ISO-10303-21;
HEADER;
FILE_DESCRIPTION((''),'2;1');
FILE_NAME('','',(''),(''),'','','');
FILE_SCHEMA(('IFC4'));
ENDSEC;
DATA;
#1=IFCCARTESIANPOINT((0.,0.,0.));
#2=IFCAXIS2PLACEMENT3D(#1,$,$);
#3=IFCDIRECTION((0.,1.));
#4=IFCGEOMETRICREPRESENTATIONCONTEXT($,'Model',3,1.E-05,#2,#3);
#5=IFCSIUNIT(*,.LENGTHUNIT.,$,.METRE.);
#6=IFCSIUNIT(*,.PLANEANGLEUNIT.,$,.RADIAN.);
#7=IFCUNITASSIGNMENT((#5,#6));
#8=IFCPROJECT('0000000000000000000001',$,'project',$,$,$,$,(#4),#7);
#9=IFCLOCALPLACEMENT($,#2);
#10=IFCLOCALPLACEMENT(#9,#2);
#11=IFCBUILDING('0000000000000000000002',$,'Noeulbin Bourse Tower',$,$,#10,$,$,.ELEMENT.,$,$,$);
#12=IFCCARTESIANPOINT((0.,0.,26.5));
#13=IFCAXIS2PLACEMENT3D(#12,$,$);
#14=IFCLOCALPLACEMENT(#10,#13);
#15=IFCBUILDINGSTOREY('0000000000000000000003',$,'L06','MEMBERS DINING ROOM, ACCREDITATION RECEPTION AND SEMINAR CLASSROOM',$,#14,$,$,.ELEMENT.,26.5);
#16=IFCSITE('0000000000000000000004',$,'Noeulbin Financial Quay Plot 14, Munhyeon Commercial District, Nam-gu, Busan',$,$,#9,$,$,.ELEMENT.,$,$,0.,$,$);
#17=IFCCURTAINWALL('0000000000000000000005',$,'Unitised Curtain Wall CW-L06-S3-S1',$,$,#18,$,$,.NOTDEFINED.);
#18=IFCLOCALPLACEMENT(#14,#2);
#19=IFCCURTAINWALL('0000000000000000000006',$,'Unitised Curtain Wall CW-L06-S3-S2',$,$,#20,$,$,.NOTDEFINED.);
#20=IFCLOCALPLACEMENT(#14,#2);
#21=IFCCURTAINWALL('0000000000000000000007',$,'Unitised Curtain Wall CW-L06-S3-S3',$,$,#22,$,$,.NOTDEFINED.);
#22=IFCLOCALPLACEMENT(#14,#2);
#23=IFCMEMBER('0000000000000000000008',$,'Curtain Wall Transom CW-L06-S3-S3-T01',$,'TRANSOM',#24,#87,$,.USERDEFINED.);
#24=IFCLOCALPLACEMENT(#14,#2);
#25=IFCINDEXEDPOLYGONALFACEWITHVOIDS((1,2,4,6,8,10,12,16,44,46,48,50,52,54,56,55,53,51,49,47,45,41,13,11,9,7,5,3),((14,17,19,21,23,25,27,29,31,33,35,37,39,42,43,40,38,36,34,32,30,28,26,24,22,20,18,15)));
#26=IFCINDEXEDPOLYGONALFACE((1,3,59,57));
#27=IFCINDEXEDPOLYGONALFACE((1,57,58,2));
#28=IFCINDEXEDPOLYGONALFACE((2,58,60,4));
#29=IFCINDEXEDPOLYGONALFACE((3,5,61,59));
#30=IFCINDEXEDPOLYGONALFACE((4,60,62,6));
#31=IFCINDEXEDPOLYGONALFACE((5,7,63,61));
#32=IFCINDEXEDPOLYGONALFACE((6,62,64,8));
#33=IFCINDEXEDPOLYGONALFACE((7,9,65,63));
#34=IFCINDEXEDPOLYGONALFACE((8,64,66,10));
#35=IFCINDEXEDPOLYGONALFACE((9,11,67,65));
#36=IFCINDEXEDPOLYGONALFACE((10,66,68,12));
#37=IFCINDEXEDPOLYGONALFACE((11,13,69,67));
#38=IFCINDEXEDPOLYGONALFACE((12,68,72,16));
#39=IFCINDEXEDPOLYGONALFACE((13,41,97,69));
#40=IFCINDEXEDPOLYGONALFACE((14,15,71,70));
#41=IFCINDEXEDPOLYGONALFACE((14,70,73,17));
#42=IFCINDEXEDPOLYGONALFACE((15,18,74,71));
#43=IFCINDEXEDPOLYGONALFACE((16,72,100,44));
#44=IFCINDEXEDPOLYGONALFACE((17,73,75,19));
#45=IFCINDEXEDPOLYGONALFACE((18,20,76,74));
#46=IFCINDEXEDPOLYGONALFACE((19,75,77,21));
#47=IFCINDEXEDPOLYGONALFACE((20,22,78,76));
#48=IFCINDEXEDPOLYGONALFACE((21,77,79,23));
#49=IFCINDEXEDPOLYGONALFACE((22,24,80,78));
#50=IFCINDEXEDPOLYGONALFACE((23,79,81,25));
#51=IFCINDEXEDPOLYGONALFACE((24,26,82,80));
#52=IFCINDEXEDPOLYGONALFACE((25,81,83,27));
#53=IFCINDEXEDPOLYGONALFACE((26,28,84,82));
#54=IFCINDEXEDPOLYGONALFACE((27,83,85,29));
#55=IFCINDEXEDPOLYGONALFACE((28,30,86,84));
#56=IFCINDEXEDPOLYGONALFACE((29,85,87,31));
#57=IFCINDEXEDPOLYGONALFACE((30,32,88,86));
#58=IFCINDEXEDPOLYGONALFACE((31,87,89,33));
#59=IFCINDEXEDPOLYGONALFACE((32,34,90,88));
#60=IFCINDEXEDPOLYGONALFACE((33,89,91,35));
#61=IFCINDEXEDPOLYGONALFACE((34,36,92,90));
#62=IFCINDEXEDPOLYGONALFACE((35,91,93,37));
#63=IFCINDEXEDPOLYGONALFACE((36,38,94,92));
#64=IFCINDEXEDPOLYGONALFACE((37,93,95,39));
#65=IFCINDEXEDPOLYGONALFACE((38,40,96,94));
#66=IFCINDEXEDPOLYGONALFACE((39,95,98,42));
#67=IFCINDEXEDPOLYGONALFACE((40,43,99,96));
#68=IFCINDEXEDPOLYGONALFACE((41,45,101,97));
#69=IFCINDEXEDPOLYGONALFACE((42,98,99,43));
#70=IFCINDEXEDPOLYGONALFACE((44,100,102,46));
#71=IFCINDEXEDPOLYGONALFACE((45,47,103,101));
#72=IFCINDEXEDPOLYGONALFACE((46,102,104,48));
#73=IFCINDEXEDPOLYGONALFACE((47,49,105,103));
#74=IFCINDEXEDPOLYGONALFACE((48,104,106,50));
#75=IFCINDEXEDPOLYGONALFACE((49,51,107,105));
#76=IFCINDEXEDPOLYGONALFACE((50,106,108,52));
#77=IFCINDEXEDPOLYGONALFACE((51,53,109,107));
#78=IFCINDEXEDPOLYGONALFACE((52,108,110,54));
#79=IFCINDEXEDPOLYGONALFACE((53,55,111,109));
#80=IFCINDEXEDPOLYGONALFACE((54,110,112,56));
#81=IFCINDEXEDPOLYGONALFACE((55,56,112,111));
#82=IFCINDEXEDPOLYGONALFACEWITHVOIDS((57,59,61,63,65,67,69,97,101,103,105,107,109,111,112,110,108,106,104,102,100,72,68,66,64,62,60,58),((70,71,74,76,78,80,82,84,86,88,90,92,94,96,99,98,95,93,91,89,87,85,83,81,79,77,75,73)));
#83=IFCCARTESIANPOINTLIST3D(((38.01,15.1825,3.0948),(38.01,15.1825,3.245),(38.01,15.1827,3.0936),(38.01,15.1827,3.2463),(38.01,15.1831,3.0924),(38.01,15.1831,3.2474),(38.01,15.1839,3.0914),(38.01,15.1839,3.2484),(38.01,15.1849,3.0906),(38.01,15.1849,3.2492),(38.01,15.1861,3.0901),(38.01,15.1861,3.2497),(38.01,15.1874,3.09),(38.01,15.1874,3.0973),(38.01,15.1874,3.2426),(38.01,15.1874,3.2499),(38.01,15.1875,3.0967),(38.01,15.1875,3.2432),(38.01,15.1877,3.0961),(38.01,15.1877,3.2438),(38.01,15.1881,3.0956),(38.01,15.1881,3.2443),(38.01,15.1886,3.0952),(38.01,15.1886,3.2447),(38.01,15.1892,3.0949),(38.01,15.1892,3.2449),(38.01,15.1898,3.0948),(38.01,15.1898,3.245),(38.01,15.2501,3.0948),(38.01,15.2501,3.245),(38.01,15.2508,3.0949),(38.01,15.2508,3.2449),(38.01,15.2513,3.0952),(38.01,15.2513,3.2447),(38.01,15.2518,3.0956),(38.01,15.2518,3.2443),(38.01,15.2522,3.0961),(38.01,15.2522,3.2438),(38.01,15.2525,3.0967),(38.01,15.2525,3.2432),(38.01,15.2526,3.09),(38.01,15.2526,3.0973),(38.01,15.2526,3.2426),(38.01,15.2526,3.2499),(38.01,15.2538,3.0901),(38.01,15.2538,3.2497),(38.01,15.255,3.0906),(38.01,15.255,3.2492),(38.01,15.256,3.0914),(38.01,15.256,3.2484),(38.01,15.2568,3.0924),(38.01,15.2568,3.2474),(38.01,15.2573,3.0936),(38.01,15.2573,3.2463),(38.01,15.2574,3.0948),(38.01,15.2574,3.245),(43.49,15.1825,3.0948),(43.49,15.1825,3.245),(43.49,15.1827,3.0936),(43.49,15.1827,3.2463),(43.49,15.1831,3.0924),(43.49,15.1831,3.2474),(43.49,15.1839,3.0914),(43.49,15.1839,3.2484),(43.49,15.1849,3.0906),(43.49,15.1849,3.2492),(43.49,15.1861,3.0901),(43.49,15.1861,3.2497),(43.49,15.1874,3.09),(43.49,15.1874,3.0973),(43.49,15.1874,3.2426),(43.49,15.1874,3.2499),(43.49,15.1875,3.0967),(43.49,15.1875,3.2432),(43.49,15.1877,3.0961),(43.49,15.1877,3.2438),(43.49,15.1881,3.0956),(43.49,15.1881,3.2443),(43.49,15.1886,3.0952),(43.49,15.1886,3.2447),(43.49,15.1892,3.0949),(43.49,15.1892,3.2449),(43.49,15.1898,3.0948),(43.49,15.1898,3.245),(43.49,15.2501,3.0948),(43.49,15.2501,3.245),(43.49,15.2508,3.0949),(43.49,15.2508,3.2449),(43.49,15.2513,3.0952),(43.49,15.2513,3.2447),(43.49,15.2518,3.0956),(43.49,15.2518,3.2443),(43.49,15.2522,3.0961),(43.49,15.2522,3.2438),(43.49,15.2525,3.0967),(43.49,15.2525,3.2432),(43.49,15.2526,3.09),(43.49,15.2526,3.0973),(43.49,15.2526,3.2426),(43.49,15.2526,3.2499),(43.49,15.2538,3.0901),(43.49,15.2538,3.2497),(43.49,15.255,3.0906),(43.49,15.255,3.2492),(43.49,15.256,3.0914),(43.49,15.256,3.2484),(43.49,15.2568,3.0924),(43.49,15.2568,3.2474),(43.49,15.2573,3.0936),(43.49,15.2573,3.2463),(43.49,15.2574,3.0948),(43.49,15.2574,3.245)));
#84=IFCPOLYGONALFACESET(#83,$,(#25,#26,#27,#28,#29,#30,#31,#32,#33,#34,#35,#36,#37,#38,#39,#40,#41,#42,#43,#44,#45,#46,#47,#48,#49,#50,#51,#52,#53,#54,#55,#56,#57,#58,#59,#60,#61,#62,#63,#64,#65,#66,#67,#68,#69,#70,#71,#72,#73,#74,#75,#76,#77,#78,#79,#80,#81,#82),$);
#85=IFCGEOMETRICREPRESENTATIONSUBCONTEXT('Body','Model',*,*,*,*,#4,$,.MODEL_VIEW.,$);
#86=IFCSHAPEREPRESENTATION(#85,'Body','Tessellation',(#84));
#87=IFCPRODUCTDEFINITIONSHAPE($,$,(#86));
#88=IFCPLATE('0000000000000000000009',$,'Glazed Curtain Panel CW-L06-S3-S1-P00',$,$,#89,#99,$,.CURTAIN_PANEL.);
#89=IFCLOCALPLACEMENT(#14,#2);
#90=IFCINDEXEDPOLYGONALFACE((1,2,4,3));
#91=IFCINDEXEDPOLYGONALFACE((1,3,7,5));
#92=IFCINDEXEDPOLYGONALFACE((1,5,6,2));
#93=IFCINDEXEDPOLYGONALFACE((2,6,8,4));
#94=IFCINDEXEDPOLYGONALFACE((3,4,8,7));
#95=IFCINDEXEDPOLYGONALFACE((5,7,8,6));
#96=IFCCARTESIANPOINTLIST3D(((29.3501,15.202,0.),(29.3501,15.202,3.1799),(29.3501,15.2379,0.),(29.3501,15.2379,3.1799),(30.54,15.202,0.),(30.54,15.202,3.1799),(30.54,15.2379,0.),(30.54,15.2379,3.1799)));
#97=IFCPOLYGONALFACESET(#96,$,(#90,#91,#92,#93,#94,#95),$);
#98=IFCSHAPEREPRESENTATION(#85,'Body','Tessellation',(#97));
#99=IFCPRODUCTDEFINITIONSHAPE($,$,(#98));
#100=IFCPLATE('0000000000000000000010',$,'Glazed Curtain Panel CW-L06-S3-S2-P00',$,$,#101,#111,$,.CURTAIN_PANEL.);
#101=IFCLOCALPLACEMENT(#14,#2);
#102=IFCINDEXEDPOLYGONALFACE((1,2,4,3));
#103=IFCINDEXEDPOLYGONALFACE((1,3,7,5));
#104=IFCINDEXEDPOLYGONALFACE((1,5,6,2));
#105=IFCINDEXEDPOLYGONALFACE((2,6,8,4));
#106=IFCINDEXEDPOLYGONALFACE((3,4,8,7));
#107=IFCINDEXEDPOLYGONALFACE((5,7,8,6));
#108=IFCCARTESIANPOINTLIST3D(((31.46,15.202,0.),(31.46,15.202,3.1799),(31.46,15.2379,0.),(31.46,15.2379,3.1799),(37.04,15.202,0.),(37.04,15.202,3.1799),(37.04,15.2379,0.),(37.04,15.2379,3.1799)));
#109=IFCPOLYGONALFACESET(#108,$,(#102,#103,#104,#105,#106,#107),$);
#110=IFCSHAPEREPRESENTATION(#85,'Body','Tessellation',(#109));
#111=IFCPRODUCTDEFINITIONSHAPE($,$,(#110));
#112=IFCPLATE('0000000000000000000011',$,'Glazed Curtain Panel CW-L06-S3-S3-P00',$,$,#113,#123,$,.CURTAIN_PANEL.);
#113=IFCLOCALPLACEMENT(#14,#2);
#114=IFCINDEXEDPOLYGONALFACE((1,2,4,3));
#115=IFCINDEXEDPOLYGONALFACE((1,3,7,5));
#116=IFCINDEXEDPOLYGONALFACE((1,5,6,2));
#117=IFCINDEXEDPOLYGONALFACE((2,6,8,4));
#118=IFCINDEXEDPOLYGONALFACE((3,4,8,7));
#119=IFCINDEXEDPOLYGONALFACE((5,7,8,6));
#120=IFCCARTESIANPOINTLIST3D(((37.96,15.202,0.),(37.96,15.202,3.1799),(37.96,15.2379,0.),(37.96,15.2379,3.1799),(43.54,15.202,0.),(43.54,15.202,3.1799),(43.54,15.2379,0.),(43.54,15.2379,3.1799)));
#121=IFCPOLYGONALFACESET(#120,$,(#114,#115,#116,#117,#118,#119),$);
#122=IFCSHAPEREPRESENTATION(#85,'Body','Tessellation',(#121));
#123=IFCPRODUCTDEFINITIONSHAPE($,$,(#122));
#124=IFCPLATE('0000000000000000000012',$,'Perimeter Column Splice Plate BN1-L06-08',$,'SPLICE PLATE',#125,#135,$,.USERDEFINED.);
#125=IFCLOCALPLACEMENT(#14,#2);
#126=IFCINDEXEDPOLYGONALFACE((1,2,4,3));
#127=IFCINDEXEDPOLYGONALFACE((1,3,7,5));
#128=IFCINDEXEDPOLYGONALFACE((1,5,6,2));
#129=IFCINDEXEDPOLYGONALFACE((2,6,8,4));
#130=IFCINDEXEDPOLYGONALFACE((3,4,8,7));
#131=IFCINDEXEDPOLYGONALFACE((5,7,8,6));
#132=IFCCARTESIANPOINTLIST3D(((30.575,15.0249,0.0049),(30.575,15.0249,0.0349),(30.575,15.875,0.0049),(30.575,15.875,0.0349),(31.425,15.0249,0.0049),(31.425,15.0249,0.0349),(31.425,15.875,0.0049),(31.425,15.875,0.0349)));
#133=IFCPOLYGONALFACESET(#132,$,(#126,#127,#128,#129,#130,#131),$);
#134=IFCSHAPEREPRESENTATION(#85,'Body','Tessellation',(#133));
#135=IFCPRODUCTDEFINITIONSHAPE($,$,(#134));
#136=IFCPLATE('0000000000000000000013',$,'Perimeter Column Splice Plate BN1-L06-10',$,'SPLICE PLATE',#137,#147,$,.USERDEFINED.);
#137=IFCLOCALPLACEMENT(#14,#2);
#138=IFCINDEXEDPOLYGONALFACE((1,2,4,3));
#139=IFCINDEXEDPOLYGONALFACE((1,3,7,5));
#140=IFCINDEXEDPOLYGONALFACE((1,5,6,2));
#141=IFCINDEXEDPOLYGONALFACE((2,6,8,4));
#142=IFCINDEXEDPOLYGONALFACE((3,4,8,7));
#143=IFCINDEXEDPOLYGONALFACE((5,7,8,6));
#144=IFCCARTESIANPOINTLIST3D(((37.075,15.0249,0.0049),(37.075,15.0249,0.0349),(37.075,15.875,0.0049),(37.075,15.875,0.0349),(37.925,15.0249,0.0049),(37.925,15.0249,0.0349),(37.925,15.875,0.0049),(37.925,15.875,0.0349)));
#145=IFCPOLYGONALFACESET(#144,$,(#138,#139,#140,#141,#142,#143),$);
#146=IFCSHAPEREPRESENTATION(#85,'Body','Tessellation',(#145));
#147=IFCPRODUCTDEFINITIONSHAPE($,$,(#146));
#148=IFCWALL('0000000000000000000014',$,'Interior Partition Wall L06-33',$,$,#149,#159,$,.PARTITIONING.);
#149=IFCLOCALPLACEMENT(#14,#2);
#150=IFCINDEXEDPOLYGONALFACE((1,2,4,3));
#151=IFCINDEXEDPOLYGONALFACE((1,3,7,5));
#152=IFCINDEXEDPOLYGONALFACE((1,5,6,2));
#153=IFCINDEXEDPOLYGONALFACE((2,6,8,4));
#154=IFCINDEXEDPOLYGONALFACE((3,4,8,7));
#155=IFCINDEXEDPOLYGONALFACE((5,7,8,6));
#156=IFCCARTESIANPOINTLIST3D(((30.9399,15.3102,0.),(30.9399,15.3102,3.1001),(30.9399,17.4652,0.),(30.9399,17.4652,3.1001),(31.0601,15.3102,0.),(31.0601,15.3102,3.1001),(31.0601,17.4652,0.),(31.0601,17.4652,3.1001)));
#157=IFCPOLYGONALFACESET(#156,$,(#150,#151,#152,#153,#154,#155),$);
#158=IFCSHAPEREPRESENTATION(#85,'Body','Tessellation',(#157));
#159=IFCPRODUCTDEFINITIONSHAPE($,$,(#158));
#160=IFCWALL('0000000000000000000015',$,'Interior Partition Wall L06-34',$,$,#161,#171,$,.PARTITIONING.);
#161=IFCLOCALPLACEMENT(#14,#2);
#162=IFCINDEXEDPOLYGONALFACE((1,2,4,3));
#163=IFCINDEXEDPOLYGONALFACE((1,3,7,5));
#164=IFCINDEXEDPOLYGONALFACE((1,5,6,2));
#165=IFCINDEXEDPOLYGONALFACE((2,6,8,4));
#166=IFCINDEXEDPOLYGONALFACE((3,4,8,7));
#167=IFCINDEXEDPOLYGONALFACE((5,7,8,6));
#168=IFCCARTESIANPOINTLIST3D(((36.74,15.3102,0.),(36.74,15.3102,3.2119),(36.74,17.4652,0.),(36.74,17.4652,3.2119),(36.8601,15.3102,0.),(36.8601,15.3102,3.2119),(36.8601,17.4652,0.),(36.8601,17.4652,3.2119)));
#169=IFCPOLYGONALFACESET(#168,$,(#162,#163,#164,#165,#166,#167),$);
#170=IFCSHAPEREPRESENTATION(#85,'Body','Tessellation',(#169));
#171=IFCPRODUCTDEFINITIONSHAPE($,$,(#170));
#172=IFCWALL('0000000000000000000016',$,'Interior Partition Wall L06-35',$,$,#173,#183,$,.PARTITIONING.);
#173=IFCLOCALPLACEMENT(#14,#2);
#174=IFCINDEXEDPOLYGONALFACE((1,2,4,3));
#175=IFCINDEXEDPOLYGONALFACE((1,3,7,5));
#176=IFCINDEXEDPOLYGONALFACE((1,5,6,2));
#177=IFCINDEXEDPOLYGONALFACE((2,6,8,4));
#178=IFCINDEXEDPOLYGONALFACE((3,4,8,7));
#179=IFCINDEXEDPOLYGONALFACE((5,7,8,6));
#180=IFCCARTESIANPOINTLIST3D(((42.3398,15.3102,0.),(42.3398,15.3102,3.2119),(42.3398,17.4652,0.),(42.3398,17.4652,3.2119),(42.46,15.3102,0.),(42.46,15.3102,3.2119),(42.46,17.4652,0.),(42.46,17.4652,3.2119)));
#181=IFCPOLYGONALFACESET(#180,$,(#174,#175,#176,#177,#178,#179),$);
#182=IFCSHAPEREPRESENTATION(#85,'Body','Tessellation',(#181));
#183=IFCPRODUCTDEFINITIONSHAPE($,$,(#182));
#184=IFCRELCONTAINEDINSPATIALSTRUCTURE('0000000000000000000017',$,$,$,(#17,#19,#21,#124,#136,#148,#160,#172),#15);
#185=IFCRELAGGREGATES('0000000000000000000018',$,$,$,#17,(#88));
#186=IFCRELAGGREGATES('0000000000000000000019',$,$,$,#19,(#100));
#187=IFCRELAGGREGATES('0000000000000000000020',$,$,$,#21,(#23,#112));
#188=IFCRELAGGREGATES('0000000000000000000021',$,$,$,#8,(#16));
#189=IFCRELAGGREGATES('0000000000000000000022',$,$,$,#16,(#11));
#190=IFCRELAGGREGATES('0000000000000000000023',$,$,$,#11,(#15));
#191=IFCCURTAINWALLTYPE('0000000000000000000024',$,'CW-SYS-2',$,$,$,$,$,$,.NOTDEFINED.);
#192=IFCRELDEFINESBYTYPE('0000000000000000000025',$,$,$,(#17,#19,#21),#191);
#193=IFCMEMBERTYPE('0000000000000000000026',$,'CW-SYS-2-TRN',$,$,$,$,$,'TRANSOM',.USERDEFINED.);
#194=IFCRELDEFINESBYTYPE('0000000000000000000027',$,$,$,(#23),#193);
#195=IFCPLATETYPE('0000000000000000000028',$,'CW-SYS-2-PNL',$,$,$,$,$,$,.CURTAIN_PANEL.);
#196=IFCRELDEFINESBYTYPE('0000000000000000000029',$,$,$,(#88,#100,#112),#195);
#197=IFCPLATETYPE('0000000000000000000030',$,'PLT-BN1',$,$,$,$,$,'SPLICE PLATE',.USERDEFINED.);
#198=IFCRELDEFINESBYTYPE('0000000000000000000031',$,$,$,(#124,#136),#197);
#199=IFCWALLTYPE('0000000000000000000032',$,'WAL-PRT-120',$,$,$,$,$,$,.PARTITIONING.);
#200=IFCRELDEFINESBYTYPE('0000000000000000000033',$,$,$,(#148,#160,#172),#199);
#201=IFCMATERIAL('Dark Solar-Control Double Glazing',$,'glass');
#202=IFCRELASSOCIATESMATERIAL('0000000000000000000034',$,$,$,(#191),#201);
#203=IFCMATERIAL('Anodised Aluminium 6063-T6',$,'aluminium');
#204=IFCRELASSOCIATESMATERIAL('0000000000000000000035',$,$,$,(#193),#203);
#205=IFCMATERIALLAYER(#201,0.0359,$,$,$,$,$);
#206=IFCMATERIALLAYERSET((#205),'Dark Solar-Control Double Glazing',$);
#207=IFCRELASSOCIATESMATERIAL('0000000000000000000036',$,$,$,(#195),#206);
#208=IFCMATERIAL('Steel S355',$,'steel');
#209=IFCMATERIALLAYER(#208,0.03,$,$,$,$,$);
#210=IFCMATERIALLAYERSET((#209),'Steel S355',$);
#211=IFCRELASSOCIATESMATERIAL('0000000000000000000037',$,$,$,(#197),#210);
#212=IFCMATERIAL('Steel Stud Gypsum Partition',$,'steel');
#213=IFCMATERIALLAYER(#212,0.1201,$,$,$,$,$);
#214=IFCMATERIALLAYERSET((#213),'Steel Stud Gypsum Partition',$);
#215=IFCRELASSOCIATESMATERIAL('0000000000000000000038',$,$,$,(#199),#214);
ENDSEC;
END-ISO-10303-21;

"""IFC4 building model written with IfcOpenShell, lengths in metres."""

from ifc_helpers import new_model, si_unit, direction, frame, frame_2d, origin, origin_2d, place, context, subcontext, project, spatial, rectangle, hollow_rectangle, extrude, material, layer, layer_set, material_profile, profile_set, type_object, element, aggregate, save


model = new_model("IFC4")

# Units and contexts
model_context = context("Model", 3, precision=1e-05, world=origin(), true_north=direction((0.0, 1.0)))
body_context = subcontext(model_context, "Body", "Model", "MODEL_VIEW")
ifc_project = project(units=[si_unit("LENGTHUNIT", "METRE"), si_unit("PLANEANGLEUNIT", "RADIAN")], contexts=[model_context])

# Site, building, storey
site_placement = place(None, origin())
site = spatial("IfcSite", under=ifc_project, at=site_placement, Name="Noeulbin Financial Quay Plot 14, Munhyeon Commercial District, Nam-gu, Busan", CompositionType="ELEMENT", RefElevation=0.0)
building_placement = place(site_placement, origin())
building = spatial("IfcBuilding", under=site, at=building_placement, Name="Noeulbin Bourse Tower", CompositionType="ELEMENT")
storey_placement = place(building_placement, frame((0.0, 0.0, 26.5)))
storey = spatial("IfcBuildingStorey", under=building, at=storey_placement, Name="L06", Description="MEMBERS DINING ROOM, ACCREDITATION RECEPTION AND SEMINAR CLASSROOM", CompositionType="ELEMENT", Elevation=26.5)

# Shared definitions
ifc_material_1 = material(Name="Steel S355", Category="steel")

# Curtain wall
ifc_material_2 = material(Name="Dark Solar-Control Double Glazing", Category="glass")
curtain_wall_type = type_object("IfcCurtainWallType", Name="CW-SYS-2", PredefinedType="NOTDEFINED", material=ifc_material_2)
curtain_wall_1_placement = place(storey_placement, origin())
curtain_wall_1 = element("IfcCurtainWall", 1, at=curtain_wall_1_placement, inside=storey, type_object=curtain_wall_type, Name="Unitised Curtain Wall CW-L06-S3-S1", PredefinedType="NOTDEFINED")
ifc_material_3 = material(Name="Anodised Aluminium 6063-T6", Category="aluminium")

# Curtain wall
curtain_wall_2_placement = place(storey_placement, origin())
curtain_wall_2 = element("IfcCurtainWall", 2, at=curtain_wall_2_placement, inside=storey, type_object=curtain_wall_type, Name="Unitised Curtain Wall CW-L06-S3-S2", PredefinedType="NOTDEFINED")

# Curtain wall
curtain_wall_3_placement = place(storey_placement, origin())
curtain_wall_3 = element("IfcCurtainWall", 3, at=curtain_wall_3_placement, inside=storey, type_object=curtain_wall_type, Name="Unitised Curtain Wall CW-L06-S3-S3", PredefinedType="NOTDEFINED")

# Member
ifc_material_profile_1 = material_profile(ifc_material_3, hollow_rectangle(XDim=0.075, YDim=0.1599, WallThickness=0.0049, InnerFilletRadius=0.0024, OuterFilletRadius=0.0049, at=origin_2d()), Name="ALU-TRAN-75x160x5", Category="LoadBearing")
ifc_profile_set_1 = profile_set([ifc_material_profile_1], Name="Anodised Aluminium 6063-T6")
member_type_1 = type_object("IfcMemberType", Name="CW-SYS-2-TRN", ElementType="TRANSOM", PredefinedType="USERDEFINED", material=ifc_profile_set_1)
member_1_placement = place(storey_placement, frame((38.01, 15.22, 3.1699), z_axis=(1.0, 0.0, 0.0), x_axis=(0.0, 1.0, 0.0)))
member_1 = element("IfcMember", 4, at=member_1_placement, type_object=member_type_1, Name="Curtain Wall Transom CW-L06-S3-S3-T01", ObjectType="TRANSOM", PredefinedType="USERDEFINED", context=body_context, shape_type="SweptSolid", body=[
    extrude(hollow_rectangle(XDim=0.075, YDim=0.1599, WallThickness=0.0049, InnerFilletRadius=0.0024, OuterFilletRadius=0.0049, at=origin_2d()), origin(), (0.0, 0.0, 1.0), 5.48),
])

# Plates
ifc_layer_1 = layer(ifc_material_2, 0.0359)
ifc_layer_set_1 = layer_set([ifc_layer_1], Name="Dark Solar-Control Double Glazing")
plate_type_1 = type_object("IfcPlateType", Name="CW-SYS-2-PNL", PredefinedType="CURTAIN_PANEL", material=ifc_layer_set_1)
plate_1_placement = place(storey_placement, frame((29.9451, 15.22, 0.0), z_axis=(0.0, 0.0, 1.0), x_axis=(1.0, 0.0, 0.0)))
plate_1 = element("IfcPlate", 5, at=plate_1_placement, type_object=plate_type_1, Name="Glazed Curtain Panel CW-L06-S3-S1-P00", PredefinedType="CURTAIN_PANEL", context=body_context, shape_type="SweptSolid", body=[
    extrude(rectangle(XDim=1.1899, YDim=0.0359, at=origin_2d()), origin(), (0.0, 0.0, 1.0), 3.1799),
])
aggregate(curtain_wall_1, [plate_1])
plate_2_placement = place(storey_placement, frame((34.25, 15.22, 0.0), z_axis=(0.0, 0.0, 1.0), x_axis=(1.0, 0.0, 0.0)))
plate_2 = element("IfcPlate", 6, at=plate_2_placement, type_object=plate_type_1, Name="Glazed Curtain Panel CW-L06-S3-S2-P00", PredefinedType="CURTAIN_PANEL", context=body_context, shape_type="SweptSolid", body=[
    extrude(rectangle(XDim=5.5801, YDim=0.0359, at=origin_2d()), origin(), (0.0, 0.0, 1.0), 3.1799),
])
aggregate(curtain_wall_2, [plate_2])
plate_3_placement = place(storey_placement, frame((40.75, 15.22, 0.0), z_axis=(0.0, 0.0, 1.0), x_axis=(1.0, 0.0, 0.0)))
plate_3 = element("IfcPlate", 7, at=plate_3_placement, type_object=plate_type_1, Name="Glazed Curtain Panel CW-L06-S3-S3-P00", PredefinedType="CURTAIN_PANEL", context=body_context, shape_type="SweptSolid", body=[
    extrude(rectangle(XDim=5.5801, YDim=0.0359, at=origin_2d()), origin(), (0.0, 0.0, 1.0), 3.1799),
])
aggregate(curtain_wall_3, [member_1, plate_3])

# Plates
ifc_layer_2 = layer(ifc_material_1, 0.03)
ifc_layer_set_2 = layer_set([ifc_layer_2], Name="Steel S355")
plate_type_2 = type_object("IfcPlateType", Name="PLT-BN1", ElementType="SPLICE PLATE", PredefinedType="USERDEFINED", material=ifc_layer_set_2)
for number, where, z_axis, x_axis, name in (
    (8, (31.0, 15.45, 0.0049), (0.0, 0.0, 1.0), (1.0, 0.0, 0.0), "Perimeter Column Splice Plate BN1-L06-08"),
    (9, (37.5, 15.45, 0.0049), (0.0, 0.0, 1.0), (1.0, 0.0, 0.0), "Perimeter Column Splice Plate BN1-L06-10"),
):
    element("IfcPlate", number, at=place(storey_placement, frame(where, z_axis=z_axis, x_axis=x_axis)), inside=storey, type_object=plate_type_2, Name=name, ObjectType="SPLICE PLATE", PredefinedType="USERDEFINED", context=body_context, shape_type="SweptSolid", body=[
        extrude(rectangle(XDim=0.8501, YDim=0.8501, at=origin_2d()), origin(), (0.0, 0.0, 1.0), 0.03),
    ])

# Walls
ifc_material_4 = material(Name="Steel Stud Gypsum Partition", Category="steel")
ifc_layer_3 = layer(ifc_material_4, 0.1201)
ifc_layer_set_3 = layer_set([ifc_layer_3], Name="Steel Stud Gypsum Partition")
wall_type = type_object("IfcWallType", Name="WAL-PRT-120", PredefinedType="PARTITIONING", material=ifc_layer_set_3)
wall_placement = place(storey_placement, frame((31.0, 15.3101, 0.0), z_axis=(0.0, 0.0, 1.0), x_axis=(0.0, 1.0, 0.0)))
element("IfcWall", 10, at=wall_placement, inside=storey, type_object=wall_type, Name="Interior Partition Wall L06-33", PredefinedType="PARTITIONING", context=body_context, shape_type="SweptSolid", body=[
    extrude(rectangle(XDim=2.155, YDim=0.1201, at=frame_2d((1.0776, 0.0))), origin(), (0.0, 0.0, 1.0), 3.1001),
])
for number, where, z_axis, x_axis, name in (
    (11, (36.8, 15.3101, 0.0), (0.0, 0.0, 1.0), (0.0, 1.0, 0.0), "Interior Partition Wall L06-34"),
    (12, (42.3999, 15.3101, 0.0), (0.0, 0.0, 1.0), (0.0, 1.0, 0.0), "Interior Partition Wall L06-35"),
):
    element("IfcWall", number, at=place(storey_placement, frame(where, z_axis=z_axis, x_axis=x_axis)), inside=storey, type_object=wall_type, Name=name, PredefinedType="PARTITIONING", context=body_context, shape_type="SweptSolid", body=[
        extrude(rectangle(XDim=2.155, YDim=0.1201, at=frame_2d((1.0776, 0.0))), origin(), (0.0, 0.0, 1.0), 3.2119),
    ])

save(model, "model.ifc")
